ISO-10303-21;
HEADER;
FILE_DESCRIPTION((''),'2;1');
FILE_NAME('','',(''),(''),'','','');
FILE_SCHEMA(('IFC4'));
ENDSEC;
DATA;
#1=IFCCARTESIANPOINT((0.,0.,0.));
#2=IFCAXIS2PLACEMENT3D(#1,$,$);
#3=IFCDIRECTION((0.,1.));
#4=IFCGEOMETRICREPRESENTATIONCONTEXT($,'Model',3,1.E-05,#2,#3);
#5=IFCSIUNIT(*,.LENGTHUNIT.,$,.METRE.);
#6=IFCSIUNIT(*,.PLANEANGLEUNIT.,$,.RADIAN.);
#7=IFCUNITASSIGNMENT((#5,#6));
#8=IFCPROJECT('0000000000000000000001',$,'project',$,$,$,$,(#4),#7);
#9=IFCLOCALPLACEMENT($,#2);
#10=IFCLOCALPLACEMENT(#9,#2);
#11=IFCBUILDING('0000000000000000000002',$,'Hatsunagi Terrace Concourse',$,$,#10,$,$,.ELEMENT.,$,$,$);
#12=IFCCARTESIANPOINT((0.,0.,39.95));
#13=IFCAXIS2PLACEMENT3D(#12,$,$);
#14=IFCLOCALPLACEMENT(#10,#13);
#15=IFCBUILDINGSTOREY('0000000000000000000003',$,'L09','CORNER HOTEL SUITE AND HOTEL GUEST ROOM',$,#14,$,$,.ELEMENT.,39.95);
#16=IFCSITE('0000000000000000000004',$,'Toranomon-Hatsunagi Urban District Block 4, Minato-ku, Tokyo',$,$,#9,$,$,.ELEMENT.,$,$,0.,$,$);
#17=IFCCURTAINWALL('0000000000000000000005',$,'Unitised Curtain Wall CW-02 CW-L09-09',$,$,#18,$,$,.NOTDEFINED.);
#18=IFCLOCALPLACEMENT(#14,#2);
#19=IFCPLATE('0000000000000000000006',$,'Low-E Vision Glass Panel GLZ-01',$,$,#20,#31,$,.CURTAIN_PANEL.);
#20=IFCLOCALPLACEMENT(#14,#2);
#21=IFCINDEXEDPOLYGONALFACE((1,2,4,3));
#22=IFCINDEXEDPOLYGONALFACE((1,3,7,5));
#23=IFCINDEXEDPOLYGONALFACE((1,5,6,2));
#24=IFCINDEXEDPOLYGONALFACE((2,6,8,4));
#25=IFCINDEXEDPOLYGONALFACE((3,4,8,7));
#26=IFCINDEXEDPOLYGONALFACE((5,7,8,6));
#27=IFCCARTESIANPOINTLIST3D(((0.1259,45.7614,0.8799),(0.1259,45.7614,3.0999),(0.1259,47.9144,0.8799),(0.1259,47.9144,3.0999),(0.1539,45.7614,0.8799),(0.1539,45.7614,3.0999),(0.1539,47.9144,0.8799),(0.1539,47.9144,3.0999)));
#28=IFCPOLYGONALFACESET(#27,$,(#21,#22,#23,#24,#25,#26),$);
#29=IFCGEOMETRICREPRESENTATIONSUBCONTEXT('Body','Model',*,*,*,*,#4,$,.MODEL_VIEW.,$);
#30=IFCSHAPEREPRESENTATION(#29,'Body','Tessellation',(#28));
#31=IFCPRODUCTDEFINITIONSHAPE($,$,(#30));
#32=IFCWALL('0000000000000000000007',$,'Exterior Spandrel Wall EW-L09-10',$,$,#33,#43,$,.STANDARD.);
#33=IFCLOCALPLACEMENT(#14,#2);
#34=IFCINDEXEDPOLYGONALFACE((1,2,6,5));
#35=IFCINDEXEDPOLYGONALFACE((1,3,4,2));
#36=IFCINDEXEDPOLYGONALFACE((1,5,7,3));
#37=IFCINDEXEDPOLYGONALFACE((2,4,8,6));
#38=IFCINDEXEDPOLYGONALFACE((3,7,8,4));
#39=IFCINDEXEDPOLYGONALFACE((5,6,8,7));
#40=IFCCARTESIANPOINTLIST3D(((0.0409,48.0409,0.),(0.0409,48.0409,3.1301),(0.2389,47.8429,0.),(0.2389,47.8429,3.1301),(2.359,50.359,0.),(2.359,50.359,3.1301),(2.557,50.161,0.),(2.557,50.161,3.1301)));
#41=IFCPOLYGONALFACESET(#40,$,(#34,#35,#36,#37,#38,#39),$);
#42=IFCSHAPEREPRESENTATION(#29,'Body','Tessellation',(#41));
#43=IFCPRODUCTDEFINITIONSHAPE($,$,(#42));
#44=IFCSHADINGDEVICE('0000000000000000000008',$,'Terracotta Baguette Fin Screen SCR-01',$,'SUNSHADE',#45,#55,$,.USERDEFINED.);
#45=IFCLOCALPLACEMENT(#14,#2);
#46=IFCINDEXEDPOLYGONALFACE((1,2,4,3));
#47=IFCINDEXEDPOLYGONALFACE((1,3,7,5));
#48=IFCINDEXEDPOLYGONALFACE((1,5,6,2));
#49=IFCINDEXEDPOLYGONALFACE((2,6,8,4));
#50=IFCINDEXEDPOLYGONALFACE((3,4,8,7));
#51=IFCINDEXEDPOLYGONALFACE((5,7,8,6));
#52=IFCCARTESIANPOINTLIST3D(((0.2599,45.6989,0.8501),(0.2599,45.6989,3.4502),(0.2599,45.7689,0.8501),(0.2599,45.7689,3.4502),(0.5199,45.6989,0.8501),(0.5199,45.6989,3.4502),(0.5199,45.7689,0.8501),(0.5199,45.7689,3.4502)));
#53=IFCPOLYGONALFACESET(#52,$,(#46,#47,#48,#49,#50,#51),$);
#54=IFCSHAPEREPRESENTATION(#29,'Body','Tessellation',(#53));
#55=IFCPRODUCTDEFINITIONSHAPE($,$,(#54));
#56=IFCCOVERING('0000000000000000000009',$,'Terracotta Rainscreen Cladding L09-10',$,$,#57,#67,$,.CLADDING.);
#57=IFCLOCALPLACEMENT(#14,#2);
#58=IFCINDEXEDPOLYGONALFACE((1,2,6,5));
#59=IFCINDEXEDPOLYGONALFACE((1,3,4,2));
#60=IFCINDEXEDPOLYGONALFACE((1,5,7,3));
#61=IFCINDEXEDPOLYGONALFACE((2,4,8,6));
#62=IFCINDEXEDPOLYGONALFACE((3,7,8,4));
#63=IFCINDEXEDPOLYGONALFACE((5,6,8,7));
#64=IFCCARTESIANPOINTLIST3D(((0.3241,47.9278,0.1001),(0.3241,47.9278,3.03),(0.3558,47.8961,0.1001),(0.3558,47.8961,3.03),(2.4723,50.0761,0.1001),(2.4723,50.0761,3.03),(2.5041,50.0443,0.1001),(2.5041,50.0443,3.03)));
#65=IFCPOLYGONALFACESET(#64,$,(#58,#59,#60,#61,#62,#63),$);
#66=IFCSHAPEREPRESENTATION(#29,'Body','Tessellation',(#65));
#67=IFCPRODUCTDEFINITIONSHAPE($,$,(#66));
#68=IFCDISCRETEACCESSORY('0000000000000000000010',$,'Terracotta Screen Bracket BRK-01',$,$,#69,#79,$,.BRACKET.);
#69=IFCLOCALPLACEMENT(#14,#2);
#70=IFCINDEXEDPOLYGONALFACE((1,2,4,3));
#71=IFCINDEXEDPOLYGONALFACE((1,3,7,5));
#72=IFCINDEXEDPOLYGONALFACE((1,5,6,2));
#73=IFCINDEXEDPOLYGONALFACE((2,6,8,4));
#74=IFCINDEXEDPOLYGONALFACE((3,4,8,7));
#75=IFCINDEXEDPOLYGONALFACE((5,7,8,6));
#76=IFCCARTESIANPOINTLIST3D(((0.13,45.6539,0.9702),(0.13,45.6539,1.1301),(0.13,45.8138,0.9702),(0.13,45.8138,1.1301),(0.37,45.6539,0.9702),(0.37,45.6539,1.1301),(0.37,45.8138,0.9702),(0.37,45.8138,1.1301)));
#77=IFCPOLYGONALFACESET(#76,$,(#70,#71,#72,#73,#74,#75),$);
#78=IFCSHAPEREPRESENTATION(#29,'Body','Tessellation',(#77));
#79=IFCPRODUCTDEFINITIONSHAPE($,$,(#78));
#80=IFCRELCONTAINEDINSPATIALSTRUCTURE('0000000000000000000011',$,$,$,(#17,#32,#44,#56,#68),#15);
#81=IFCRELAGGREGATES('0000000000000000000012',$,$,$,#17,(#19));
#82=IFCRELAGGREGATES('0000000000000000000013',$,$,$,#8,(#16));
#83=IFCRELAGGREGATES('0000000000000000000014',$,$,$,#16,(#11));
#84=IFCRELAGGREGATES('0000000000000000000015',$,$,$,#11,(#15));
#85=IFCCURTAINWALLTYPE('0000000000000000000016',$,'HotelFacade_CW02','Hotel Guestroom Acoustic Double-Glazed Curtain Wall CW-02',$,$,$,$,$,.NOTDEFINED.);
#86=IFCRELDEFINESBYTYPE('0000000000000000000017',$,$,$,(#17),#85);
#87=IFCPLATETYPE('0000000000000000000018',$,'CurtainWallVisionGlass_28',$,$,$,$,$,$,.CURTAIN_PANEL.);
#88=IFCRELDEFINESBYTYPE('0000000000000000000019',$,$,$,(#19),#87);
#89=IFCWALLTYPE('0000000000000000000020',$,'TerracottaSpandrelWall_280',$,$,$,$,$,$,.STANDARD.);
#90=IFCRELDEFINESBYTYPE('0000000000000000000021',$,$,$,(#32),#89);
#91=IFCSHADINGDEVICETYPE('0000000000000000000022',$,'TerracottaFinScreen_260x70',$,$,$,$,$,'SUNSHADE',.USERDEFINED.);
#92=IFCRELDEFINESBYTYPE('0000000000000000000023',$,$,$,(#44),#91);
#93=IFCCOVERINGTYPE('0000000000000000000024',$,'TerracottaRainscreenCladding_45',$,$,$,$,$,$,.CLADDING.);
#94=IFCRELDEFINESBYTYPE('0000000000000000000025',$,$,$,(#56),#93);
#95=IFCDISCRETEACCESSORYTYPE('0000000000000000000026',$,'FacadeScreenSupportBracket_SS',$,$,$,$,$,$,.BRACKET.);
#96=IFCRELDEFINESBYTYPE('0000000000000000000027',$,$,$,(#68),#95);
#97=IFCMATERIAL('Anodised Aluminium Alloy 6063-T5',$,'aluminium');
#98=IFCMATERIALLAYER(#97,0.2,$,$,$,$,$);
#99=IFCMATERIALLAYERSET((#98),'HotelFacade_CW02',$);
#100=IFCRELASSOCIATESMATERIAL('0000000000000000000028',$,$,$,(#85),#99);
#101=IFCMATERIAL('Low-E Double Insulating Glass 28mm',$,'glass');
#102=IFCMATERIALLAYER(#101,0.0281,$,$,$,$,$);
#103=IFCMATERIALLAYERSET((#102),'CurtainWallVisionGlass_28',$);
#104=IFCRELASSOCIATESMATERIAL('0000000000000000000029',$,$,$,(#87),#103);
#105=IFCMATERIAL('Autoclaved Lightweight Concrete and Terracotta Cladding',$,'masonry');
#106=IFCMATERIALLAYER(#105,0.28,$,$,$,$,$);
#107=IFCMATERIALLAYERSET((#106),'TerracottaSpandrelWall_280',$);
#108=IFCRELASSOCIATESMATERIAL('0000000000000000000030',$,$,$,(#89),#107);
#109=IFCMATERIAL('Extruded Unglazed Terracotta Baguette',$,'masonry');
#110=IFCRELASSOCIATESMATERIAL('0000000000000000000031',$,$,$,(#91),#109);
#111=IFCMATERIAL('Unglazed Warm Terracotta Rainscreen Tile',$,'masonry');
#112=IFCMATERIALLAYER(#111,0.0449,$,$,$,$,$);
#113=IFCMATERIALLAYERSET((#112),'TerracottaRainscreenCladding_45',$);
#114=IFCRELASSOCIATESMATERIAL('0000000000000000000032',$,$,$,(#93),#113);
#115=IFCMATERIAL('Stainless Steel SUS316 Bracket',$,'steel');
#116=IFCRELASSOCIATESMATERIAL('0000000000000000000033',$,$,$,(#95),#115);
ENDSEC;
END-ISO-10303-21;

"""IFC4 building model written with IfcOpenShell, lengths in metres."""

from ifc_helpers import new_model, si_unit, direction, frame, frame_2d, origin, origin_2d, place, context, subcontext, project, spatial, rectangle, extrude, material, layer, layer_set, type_object, element, aggregate, save


model = new_model("IFC4")

# Units and contexts
model_context = context("Model", 3, precision=1e-05, world=origin(), true_north=direction((0.0, 1.0)))
body_context = subcontext(model_context, "Body", "Model", "MODEL_VIEW")
ifc_project = project(units=[si_unit("LENGTHUNIT", "METRE"), si_unit("PLANEANGLEUNIT", "RADIAN")], contexts=[model_context])

# Site, building, storey
site_placement = place(None, origin())
site = spatial("IfcSite", under=ifc_project, at=site_placement, Name="Toranomon-Hatsunagi Urban District Block 4, Minato-ku, Tokyo", CompositionType="ELEMENT", RefElevation=0.0)
building_placement = place(site_placement, origin())
building = spatial("IfcBuilding", under=site, at=building_placement, Name="Hatsunagi Terrace Concourse", CompositionType="ELEMENT")
storey_placement = place(building_placement, frame((0.0, 0.0, 39.95)))
storey = spatial("IfcBuildingStorey", under=building, at=storey_placement, Name="L09", Description="CORNER HOTEL SUITE AND HOTEL GUEST ROOM", CompositionType="ELEMENT", Elevation=39.95)

# Curtain wall
ifc_material_1 = material(Name="Anodised Aluminium Alloy 6063-T5", Category="aluminium")
ifc_layer_1 = layer(ifc_material_1, 0.2)
ifc_layer_set_1 = layer_set([ifc_layer_1], Name="HotelFacade_CW02")
curtain_wall_type = type_object("IfcCurtainWallType", Name="HotelFacade_CW02", Description="Hotel Guestroom Acoustic Double-Glazed Curtain Wall CW-02", PredefinedType="NOTDEFINED", material=ifc_layer_set_1)
curtain_wall_placement = place(storey_placement, origin())
curtain_wall = element("IfcCurtainWall", 1, at=curtain_wall_placement, inside=storey, type_object=curtain_wall_type, Name="Unitised Curtain Wall CW-02 CW-L09-09", PredefinedType="NOTDEFINED")

# Plate
ifc_material_2 = material(Name="Low-E Double Insulating Glass 28mm", Category="glass")
ifc_layer_2 = layer(ifc_material_2, 0.0281)
ifc_layer_set_2 = layer_set([ifc_layer_2], Name="CurtainWallVisionGlass_28")
plate_type_1 = type_object("IfcPlateType", Name="CurtainWallVisionGlass_28", PredefinedType="CURTAIN_PANEL", material=ifc_layer_set_2)
plate_1_placement = place(storey_placement, frame((0.1399, 46.8379, 0.8799), z_axis=(0.0, 0.0, 1.0), x_axis=(0.0, 1.0, 0.0)))
plate_1 = element("IfcPlate", 2, at=plate_1_placement, type_object=plate_type_1, Name="Low-E Vision Glass Panel GLZ-01", PredefinedType="CURTAIN_PANEL", context=body_context, shape_type="SweptSolid", body=[
    extrude(rectangle(XDim=2.1531, YDim=0.0281, at=origin_2d()), origin(), (0.0, 0.0, 1.0), 2.22),
])
aggregate(curtain_wall, [plate_1])

# Wall
ifc_material_3 = material(Name="Autoclaved Lightweight Concrete and Terracotta Cladding", Category="masonry")
ifc_layer_3 = layer(ifc_material_3, 0.28)
ifc_layer_set_3 = layer_set([ifc_layer_3], Name="TerracottaSpandrelWall_280")
wall_type = type_object("IfcWallType", Name="TerracottaSpandrelWall_280", PredefinedType="STANDARD", material=ifc_layer_set_3)
wall_1_placement = place(storey_placement, frame((0.1399, 47.9419, 0.0), z_axis=(0.0, 0.0, 1.0), x_axis=(0.707107, 0.707107, 0.0)))
element("IfcWall", 3, at=wall_1_placement, inside=storey, type_object=wall_type, Name="Exterior Spandrel Wall EW-L09-10", PredefinedType="STANDARD", context=body_context, shape_type="SweptSolid", body=[
    extrude(rectangle(XDim=3.2783, YDim=0.28, at=frame_2d((1.6392, 0.0))), origin(), (0.0, 0.0, 1.0), 3.1301),
])

# Shading device
ifc_material_4 = material(Name="Extruded Unglazed Terracotta Baguette", Category="masonry")
shading_device_type = type_object("IfcShadingDeviceType", Name="TerracottaFinScreen_260x70", ElementType="SUNSHADE", PredefinedType="USERDEFINED", material=ifc_material_4)
shading_device_placement = place(storey_placement, frame((0.3899, 45.7339, 0.8501), z_axis=(0.0, 0.0, 1.0), x_axis=(0.0, 1.0, 0.0)))
element("IfcShadingDevice", 4, at=shading_device_placement, inside=storey, type_object=shading_device_type, Name="Terracotta Baguette Fin Screen SCR-01", ObjectType="SUNSHADE", PredefinedType="USERDEFINED", context=body_context, shape_type="SweptSolid", body=[
    extrude(rectangle(XDim=0.0701, YDim=0.26, at=origin_2d()), origin(), (0.0, 0.0, 1.0), 2.6001),
])

# Covering
ifc_material_5 = material(Name="Unglazed Warm Terracotta Rainscreen Tile", Category="masonry")
ifc_layer_4 = layer(ifc_material_5, 0.0449)
ifc_layer_set_4 = layer_set([ifc_layer_4], Name="TerracottaRainscreenCladding_45")
covering_type = type_object("IfcCoveringType", Name="TerracottaRainscreenCladding_45", PredefinedType="CLADDING", material=ifc_layer_set_4)
covering_placement = place(storey_placement, frame((1.4141, 48.9861, 0.1001), z_axis=(0.0, 0.0, 1.0), x_axis=(0.707107, 0.707107, 0.0)))
element("IfcCovering", 5, at=covering_placement, inside=storey, type_object=covering_type, Name="Terracotta Rainscreen Cladding L09-10", PredefinedType="CLADDING", context=body_context, shape_type="SweptSolid", body=[
    extrude(rectangle(XDim=3.0381, YDim=0.0449, at=origin_2d()), origin(), (0.0, 0.0, 1.0), 2.9299),
])

# Discrete accessory
ifc_material_6 = material(Name="Stainless Steel SUS316 Bracket", Category="steel")
discrete_accessory_type = type_object("IfcDiscreteAccessoryType", Name="FacadeScreenSupportBracket_SS", PredefinedType="BRACKET", material=ifc_material_6)
discrete_accessory_placement = place(storey_placement, frame((0.25, 45.7339, 0.9702), z_axis=(0.0, 0.0, 1.0), x_axis=(0.0, 1.0, 0.0)))
element("IfcDiscreteAccessory", 6, at=discrete_accessory_placement, inside=storey, type_object=discrete_accessory_type, Name="Terracotta Screen Bracket BRK-01", PredefinedType="BRACKET", context=body_context, shape_type="SweptSolid", body=[
    extrude(rectangle(XDim=0.1599, YDim=0.24, at=origin_2d()), origin(), (0.0, 0.0, 1.0), 0.1599),
])

save(model, "model.ifc")
